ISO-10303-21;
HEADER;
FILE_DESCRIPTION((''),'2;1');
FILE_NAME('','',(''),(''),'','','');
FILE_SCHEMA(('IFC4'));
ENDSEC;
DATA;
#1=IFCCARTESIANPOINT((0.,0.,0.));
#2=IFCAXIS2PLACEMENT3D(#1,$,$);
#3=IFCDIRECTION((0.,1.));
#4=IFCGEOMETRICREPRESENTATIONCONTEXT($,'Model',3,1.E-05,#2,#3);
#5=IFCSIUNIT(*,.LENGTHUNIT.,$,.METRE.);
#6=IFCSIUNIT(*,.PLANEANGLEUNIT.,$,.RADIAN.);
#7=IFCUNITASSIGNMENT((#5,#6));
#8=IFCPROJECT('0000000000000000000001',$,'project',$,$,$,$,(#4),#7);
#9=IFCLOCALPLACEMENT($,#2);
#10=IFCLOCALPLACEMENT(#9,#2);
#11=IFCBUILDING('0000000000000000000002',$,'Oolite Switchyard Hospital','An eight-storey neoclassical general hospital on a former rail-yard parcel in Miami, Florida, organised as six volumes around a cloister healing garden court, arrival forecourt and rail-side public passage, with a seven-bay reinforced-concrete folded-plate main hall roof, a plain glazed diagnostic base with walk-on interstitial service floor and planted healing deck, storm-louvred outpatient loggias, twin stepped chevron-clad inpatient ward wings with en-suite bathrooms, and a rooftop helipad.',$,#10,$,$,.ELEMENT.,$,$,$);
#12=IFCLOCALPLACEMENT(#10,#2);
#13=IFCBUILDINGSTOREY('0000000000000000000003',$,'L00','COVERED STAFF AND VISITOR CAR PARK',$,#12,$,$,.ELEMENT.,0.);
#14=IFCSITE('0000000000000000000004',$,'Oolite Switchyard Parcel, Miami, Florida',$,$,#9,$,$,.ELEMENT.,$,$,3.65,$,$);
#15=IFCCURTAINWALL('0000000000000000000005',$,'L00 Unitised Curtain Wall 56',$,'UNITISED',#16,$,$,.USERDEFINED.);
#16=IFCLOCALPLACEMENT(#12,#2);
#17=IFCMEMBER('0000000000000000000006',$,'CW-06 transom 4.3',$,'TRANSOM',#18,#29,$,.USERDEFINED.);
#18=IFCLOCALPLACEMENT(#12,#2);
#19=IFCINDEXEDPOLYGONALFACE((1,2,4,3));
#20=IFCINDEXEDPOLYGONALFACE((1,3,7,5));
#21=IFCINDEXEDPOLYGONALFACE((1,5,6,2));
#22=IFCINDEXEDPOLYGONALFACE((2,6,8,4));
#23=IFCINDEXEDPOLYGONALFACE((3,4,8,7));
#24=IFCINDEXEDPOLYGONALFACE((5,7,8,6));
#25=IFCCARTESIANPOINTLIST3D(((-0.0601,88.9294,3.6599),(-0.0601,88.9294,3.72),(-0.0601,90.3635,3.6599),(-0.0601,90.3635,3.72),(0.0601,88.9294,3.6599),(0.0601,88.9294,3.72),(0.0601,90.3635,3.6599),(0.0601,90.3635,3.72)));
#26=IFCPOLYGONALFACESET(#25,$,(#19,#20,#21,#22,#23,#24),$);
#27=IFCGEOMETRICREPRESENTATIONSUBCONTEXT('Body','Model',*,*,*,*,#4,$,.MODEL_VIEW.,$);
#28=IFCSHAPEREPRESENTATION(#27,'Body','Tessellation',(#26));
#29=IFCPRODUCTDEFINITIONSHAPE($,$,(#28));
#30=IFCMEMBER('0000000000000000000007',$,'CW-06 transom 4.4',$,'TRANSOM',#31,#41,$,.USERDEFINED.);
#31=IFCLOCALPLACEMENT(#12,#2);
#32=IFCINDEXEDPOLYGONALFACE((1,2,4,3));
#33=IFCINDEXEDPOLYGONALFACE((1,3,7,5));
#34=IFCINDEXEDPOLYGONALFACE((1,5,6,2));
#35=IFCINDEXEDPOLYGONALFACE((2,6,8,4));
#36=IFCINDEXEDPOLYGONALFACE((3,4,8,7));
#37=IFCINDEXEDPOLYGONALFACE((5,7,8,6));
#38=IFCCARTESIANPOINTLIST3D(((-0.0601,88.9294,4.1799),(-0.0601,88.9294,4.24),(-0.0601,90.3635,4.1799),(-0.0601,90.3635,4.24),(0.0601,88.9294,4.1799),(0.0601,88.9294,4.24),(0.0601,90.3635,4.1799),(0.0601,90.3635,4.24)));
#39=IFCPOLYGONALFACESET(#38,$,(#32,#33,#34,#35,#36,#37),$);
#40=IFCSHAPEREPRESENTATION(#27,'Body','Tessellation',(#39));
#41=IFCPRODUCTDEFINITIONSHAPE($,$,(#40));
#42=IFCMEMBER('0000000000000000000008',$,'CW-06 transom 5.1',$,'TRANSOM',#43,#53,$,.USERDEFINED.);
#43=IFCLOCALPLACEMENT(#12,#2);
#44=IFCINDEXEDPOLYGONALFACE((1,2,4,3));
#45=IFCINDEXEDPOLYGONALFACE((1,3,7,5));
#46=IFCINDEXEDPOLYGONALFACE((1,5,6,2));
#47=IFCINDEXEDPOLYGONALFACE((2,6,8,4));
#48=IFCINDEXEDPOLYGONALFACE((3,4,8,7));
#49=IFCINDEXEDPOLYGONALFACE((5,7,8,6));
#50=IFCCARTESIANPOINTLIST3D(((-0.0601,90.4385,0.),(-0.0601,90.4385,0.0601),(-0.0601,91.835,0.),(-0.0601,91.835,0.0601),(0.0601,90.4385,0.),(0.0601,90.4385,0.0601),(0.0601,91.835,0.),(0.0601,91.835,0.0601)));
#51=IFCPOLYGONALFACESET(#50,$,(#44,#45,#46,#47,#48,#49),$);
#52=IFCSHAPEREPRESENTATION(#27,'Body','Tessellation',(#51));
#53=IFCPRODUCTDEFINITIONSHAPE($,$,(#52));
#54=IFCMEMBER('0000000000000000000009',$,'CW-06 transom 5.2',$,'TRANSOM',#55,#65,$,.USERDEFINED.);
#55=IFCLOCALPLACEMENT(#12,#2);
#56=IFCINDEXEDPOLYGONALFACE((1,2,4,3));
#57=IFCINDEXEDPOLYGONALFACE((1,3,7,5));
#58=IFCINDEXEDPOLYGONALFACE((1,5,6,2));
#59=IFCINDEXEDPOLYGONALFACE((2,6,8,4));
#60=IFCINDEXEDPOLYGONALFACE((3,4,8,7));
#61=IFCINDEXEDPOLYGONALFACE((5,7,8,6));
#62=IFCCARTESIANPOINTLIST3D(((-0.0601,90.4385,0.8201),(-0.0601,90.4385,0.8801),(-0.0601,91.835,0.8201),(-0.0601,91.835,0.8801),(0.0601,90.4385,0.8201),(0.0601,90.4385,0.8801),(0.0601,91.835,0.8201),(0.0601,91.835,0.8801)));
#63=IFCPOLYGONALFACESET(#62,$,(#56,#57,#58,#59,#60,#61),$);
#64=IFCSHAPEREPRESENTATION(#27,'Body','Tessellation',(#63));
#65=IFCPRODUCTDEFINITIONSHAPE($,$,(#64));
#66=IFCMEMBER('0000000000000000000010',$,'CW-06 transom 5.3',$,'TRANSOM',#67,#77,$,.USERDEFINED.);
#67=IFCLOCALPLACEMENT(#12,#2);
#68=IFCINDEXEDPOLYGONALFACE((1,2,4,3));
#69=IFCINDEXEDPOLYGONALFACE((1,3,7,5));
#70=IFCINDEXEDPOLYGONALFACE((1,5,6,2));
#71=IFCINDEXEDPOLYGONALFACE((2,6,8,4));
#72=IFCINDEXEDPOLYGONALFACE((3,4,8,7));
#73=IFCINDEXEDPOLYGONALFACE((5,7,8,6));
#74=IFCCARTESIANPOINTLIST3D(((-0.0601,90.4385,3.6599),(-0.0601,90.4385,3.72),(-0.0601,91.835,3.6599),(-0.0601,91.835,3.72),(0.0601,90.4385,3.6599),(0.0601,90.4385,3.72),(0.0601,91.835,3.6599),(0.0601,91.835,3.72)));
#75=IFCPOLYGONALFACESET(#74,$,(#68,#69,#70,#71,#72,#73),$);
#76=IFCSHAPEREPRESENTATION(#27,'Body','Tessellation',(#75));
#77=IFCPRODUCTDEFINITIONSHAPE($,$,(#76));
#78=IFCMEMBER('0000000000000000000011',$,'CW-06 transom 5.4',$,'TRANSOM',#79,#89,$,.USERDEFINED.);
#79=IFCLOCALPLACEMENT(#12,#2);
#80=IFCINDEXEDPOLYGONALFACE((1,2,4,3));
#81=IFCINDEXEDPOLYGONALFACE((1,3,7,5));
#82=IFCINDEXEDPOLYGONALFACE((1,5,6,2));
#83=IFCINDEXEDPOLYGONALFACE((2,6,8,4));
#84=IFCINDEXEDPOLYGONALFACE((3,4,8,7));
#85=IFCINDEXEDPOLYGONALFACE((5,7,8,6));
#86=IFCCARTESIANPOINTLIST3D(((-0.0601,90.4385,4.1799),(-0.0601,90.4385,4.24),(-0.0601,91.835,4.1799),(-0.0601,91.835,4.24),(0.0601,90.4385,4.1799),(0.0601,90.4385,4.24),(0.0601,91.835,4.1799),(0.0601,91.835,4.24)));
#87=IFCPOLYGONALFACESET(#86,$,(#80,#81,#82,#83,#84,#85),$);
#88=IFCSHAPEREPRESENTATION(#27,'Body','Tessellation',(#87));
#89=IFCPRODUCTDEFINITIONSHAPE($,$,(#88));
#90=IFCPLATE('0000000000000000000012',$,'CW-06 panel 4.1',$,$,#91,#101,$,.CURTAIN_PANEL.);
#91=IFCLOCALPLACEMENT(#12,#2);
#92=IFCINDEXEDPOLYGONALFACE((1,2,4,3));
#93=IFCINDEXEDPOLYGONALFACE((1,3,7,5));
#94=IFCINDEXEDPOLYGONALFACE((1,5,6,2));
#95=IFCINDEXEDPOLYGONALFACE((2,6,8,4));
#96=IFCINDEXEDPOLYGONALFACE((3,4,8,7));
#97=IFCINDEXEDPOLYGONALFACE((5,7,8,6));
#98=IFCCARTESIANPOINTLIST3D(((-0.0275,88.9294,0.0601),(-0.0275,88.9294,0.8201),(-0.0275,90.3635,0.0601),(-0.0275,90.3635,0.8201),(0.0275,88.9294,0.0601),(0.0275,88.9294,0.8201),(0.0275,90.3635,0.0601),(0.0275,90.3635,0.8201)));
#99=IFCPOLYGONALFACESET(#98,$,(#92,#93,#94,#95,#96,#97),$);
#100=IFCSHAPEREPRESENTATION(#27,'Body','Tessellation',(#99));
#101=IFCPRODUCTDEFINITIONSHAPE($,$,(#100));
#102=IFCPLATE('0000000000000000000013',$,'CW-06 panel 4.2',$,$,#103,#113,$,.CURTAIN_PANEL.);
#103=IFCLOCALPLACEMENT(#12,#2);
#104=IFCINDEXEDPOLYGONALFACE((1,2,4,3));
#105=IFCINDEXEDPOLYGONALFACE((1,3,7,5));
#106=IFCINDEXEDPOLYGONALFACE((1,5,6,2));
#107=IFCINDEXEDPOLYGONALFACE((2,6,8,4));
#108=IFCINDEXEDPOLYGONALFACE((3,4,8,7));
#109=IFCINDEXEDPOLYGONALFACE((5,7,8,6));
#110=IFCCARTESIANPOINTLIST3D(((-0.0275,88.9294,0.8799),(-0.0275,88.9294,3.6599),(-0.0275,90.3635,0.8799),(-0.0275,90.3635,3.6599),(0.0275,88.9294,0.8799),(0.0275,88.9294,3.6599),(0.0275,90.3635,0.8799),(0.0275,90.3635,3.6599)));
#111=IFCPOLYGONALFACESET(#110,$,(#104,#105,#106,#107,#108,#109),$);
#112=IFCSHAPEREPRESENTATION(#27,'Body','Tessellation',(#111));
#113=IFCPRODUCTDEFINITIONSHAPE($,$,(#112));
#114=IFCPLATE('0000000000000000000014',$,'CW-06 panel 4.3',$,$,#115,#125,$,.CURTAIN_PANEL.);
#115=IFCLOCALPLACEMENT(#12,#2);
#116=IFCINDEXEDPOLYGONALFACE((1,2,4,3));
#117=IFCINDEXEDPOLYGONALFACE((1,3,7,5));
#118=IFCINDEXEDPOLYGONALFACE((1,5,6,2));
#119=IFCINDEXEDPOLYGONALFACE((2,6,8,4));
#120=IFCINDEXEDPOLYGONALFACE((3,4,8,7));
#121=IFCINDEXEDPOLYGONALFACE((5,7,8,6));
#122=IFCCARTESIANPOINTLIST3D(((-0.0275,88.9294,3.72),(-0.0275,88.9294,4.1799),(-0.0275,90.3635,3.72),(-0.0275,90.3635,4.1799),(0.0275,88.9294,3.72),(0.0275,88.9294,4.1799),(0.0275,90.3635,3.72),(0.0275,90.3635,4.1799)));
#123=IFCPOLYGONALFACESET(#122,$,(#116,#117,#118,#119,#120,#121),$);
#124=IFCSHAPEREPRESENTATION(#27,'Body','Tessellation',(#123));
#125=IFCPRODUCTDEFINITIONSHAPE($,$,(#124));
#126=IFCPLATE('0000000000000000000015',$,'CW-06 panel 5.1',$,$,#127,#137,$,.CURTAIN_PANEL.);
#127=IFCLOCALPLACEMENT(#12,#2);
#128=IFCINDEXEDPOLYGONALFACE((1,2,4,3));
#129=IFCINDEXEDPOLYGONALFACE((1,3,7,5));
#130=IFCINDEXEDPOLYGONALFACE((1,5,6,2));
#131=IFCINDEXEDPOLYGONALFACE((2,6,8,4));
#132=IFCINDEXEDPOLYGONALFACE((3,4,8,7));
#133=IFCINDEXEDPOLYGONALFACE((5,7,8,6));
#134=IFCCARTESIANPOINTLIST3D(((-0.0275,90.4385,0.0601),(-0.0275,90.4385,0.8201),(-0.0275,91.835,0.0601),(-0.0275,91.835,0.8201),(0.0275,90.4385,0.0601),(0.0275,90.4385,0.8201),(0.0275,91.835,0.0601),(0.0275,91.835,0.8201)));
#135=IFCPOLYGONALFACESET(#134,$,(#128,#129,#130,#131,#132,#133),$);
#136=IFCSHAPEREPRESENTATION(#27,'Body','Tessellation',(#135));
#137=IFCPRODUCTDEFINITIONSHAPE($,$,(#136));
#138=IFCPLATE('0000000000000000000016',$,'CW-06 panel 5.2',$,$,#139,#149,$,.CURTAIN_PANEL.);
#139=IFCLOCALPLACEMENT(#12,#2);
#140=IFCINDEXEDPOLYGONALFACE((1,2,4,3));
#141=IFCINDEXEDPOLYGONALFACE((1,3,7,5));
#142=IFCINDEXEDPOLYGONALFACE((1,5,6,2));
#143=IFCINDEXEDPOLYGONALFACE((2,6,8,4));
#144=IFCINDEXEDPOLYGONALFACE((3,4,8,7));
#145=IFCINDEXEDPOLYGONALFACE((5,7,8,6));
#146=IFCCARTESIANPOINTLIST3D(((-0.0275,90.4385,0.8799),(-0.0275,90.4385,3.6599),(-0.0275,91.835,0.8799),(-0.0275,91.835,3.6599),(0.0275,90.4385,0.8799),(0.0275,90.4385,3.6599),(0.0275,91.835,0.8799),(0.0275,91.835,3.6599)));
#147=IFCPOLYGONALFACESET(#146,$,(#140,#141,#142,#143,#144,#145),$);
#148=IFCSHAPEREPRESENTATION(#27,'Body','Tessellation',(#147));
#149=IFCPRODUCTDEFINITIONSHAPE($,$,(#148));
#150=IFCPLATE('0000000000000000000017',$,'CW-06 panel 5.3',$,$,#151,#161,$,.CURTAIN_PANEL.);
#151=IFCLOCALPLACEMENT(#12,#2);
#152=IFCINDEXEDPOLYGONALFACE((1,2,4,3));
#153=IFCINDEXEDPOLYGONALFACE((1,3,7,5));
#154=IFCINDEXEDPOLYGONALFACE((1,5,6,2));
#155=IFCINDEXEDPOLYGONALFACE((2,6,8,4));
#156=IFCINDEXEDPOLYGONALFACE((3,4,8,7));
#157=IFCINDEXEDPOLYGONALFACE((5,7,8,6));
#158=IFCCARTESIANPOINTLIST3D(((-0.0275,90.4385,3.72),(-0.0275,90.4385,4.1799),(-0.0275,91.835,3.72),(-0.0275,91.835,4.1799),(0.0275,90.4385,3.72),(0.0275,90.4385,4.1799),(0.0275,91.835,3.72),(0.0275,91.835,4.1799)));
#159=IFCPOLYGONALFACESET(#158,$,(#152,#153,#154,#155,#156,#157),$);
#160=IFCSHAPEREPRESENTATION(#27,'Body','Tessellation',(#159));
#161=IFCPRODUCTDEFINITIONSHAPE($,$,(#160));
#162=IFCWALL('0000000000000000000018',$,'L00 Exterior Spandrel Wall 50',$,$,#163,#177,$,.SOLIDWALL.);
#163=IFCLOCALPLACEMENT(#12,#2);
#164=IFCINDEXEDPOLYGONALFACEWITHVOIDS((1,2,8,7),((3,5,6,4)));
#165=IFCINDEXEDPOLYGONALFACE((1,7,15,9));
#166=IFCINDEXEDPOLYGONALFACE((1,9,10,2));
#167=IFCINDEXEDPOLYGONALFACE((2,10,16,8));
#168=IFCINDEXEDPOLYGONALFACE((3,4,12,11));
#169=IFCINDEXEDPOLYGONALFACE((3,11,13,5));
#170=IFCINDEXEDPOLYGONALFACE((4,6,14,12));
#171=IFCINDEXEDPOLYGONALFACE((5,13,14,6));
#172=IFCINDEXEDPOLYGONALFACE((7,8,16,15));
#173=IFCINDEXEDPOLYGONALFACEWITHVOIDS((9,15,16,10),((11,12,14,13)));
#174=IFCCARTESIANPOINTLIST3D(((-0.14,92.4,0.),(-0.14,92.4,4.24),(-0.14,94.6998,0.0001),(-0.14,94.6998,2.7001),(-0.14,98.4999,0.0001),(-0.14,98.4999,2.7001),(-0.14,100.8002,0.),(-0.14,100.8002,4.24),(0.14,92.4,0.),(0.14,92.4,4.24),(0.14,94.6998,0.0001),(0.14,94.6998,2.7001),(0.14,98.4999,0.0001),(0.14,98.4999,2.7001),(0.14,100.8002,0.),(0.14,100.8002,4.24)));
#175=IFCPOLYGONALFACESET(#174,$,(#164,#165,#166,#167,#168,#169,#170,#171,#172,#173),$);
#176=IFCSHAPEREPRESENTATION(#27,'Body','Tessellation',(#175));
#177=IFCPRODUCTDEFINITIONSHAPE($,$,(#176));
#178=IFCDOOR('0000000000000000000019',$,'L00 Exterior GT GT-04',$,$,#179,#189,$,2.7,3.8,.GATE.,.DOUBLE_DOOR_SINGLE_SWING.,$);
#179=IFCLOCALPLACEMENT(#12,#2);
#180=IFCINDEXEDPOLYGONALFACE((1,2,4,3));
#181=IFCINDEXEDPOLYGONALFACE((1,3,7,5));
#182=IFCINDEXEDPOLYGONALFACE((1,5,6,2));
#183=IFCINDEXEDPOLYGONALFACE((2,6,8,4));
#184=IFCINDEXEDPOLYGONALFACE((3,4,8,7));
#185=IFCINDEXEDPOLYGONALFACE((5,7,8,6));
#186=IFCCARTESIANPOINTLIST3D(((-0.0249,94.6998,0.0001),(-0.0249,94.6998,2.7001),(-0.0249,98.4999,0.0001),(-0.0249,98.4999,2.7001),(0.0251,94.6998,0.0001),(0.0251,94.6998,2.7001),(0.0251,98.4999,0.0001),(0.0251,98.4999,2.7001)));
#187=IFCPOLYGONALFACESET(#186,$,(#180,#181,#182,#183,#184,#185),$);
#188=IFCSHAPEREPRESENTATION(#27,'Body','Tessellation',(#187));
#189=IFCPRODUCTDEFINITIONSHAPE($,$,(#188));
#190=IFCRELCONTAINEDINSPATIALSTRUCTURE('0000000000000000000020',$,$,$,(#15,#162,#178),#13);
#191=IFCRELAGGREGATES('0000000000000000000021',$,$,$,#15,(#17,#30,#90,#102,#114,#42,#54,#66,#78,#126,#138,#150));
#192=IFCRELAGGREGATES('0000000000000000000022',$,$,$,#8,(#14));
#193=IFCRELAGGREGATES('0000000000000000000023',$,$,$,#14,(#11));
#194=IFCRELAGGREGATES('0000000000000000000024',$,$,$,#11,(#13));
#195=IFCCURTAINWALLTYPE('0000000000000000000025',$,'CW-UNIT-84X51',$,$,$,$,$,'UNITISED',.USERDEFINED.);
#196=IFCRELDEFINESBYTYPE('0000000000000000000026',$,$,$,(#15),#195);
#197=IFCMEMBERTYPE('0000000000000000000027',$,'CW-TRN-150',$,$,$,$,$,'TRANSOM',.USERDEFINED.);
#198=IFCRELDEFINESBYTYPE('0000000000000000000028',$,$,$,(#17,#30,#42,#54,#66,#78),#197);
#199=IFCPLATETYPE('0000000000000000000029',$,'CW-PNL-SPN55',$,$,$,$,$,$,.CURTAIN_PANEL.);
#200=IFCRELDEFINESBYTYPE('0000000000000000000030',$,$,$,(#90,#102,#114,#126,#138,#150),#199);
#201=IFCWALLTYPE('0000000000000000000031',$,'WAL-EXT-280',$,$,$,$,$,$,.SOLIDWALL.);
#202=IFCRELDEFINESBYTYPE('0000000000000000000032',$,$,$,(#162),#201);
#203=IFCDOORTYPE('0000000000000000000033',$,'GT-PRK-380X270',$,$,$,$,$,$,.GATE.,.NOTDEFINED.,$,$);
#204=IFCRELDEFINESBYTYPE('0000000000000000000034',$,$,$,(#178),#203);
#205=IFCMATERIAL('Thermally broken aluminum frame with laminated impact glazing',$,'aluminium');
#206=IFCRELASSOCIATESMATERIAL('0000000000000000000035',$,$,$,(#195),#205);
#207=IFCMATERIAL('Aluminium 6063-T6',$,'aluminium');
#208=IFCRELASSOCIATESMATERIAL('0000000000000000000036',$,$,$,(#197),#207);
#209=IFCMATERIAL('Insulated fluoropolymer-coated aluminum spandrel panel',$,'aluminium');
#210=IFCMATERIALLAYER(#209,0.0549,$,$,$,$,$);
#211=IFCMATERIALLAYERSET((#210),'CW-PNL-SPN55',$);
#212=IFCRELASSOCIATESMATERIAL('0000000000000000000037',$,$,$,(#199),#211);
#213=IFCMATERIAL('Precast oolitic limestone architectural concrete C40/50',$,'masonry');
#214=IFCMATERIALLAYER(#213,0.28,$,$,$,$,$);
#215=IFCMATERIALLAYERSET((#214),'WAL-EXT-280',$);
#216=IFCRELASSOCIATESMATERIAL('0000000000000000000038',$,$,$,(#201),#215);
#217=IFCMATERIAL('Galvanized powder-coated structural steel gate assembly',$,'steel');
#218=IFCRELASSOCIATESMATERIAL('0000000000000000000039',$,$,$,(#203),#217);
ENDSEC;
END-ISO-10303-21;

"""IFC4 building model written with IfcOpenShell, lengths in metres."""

from ifc_helpers import new_model, si_unit, direction, frame, frame_2d, origin, origin_2d, place, context, subcontext, project, spatial, rectangle, extrude, material, layer, layer_set, material_profile, profile_set, type_object, element, fill, aggregate, save


model = new_model("IFC4")

# Units and contexts
model_context = context("Model", 3, precision=1e-05, world=origin(), true_north=direction((0.0, 1.0)))
body_context = subcontext(model_context, "Body", "Model", "MODEL_VIEW")
ifc_project = project(units=[si_unit("LENGTHUNIT", "METRE"), si_unit("PLANEANGLEUNIT", "RADIAN")], contexts=[model_context])

# Site, building, storey
site_placement = place(None, origin())
site = spatial("IfcSite", under=ifc_project, at=site_placement, Name="Oolite Switchyard Parcel, Miami, Florida", CompositionType="ELEMENT", RefElevation=3.65)
building_placement = place(site_placement, origin())
building = spatial("IfcBuilding", under=site, at=building_placement, Name="Oolite Switchyard Hospital", Description="An eight-storey neoclassical general hospital on a former rail-yard parcel in Miami, Florida, organised as six volumes around a cloister healing garden court, arrival forecourt and rail-side public passage, with a seven-bay reinforced-concrete folded-plate main hall roof, a plain glazed diagnostic base with walk-on interstitial service floor and planted healing deck, storm-louvred outpatient loggias, twin stepped chevron-clad inpatient ward wings with en-suite bathrooms, and a rooftop helipad.", CompositionType="ELEMENT")
storey_placement = place(building_placement, origin())
storey = spatial("IfcBuildingStorey", under=building, at=storey_placement, Name="L00", Description="COVERED STAFF AND VISITOR CAR PARK", CompositionType="ELEMENT", Elevation=0.0)

# Curtain wall, members, plates
ifc_material_1 = material(Name="Thermally broken aluminum frame with laminated impact glazing", Category="aluminium")
curtain_wall_type = type_object("IfcCurtainWallType", Name="CW-UNIT-84X51", ElementType="UNITISED", PredefinedType="USERDEFINED", material=ifc_material_1)
curtain_wall_placement = place(storey_placement, origin())
curtain_wall = element("IfcCurtainWall", 1, at=curtain_wall_placement, inside=storey, type_object=curtain_wall_type, Name="L00 Unitised Curtain Wall 56", ObjectType="UNITISED", PredefinedType="USERDEFINED")
ifc_material_2 = material(Name="Aluminium 6063-T6", Category="aluminium")
ifc_material_profile_1 = material_profile(ifc_material_2, rectangle(XDim=0.1201, YDim=0.0601, at=origin_2d()), Name="CWT60X120")
ifc_profile_set_1 = profile_set([ifc_material_profile_1], Name="Aluminium 6063-T6")
member_type_1 = type_object("IfcMemberType", Name="CW-TRN-150", ElementType="TRANSOM", PredefinedType="USERDEFINED", material=ifc_profile_set_1)
member_1_placement = place(storey_placement, frame((0.0, 88.9294, 3.6899), z_axis=(0.0, 1.0, 0.0), x_axis=(-1.0, 0.0, 0.0)))
member_1 = element("IfcMember", 2, at=member_1_placement, type_object=member_type_1, Name="CW-06 transom 4.3", ObjectType="TRANSOM", PredefinedType="USERDEFINED", context=body_context, shape_type="SweptSolid", body=[
    extrude(rectangle(XDim=0.1201, YDim=0.0601, at=origin_2d()), origin(), (0.0, 0.0, 1.0), 1.4341),
])
member_2_placement = place(storey_placement, frame((0.0, 88.9294, 4.21), z_axis=(0.0, 1.0, 0.0), x_axis=(-1.0, 0.0, 0.0)))
member_2 = element("IfcMember", 3, at=member_2_placement, type_object=member_type_1, Name="CW-06 transom 4.4", ObjectType="TRANSOM", PredefinedType="USERDEFINED", context=body_context, shape_type="SweptSolid", body=[
    extrude(rectangle(XDim=0.1201, YDim=0.0601, at=origin_2d()), origin(), (0.0, 0.0, 1.0), 1.4341),
])
member_3_placement = place(storey_placement, frame((0.0, 90.4385, 0.03), z_axis=(0.0, 1.0, 0.0), x_axis=(-1.0, 0.0, 0.0)))
member_3 = element("IfcMember", 4, at=member_3_placement, type_object=member_type_1, Name="CW-06 transom 5.1", ObjectType="TRANSOM", PredefinedType="USERDEFINED", context=body_context, shape_type="SweptSolid", body=[
    extrude(rectangle(XDim=0.1201, YDim=0.0601, at=origin_2d()), origin(), (0.0, 0.0, 1.0), 1.3965),
])
member_4_placement = place(storey_placement, frame((0.0, 90.4385, 0.8501), z_axis=(0.0, 1.0, 0.0), x_axis=(-1.0, 0.0, 0.0)))
member_4 = element("IfcMember", 5, at=member_4_placement, type_object=member_type_1, Name="CW-06 transom 5.2", ObjectType="TRANSOM", PredefinedType="USERDEFINED", context=body_context, shape_type="SweptSolid", body=[
    extrude(rectangle(XDim=0.1201, YDim=0.0601, at=origin_2d()), origin(), (0.0, 0.0, 1.0), 1.3965),
])
member_5_placement = place(storey_placement, frame((0.0, 90.4385, 3.6899), z_axis=(0.0, 1.0, 0.0), x_axis=(-1.0, 0.0, 0.0)))
member_5 = element("IfcMember", 6, at=member_5_placement, type_object=member_type_1, Name="CW-06 transom 5.3", ObjectType="TRANSOM", PredefinedType="USERDEFINED", context=body_context, shape_type="SweptSolid", body=[
    extrude(rectangle(XDim=0.1201, YDim=0.0601, at=origin_2d()), origin(), (0.0, 0.0, 1.0), 1.3965),
])
member_6_placement = place(storey_placement, frame((0.0, 90.4385, 4.21), z_axis=(0.0, 1.0, 0.0), x_axis=(-1.0, 0.0, 0.0)))
member_6 = element("IfcMember", 7, at=member_6_placement, type_object=member_type_1, Name="CW-06 transom 5.4", ObjectType="TRANSOM", PredefinedType="USERDEFINED", context=body_context, shape_type="SweptSolid", body=[
    extrude(rectangle(XDim=0.1201, YDim=0.0601, at=origin_2d()), origin(), (0.0, 0.0, 1.0), 1.3965),
])
ifc_material_3 = material(Name="Insulated fluoropolymer-coated aluminum spandrel panel", Category="aluminium")
ifc_layer_1 = layer(ifc_material_3, 0.0549)
ifc_layer_set_1 = layer_set([ifc_layer_1], Name="CW-PNL-SPN55")
plate_type = type_object("IfcPlateType", Name="CW-PNL-SPN55", PredefinedType="CURTAIN_PANEL", material=ifc_layer_set_1)
plate_1_placement = place(storey_placement, frame((0.0, 89.6465, 0.0601), z_axis=(0.0, 0.0, 1.0), x_axis=(0.0, 1.0, 0.0)))
plate_1 = element("IfcPlate", 8, at=plate_1_placement, type_object=plate_type, Name="CW-06 panel 4.1", PredefinedType="CURTAIN_PANEL", context=body_context, shape_type="SweptSolid", body=[
    extrude(rectangle(XDim=1.4341, YDim=0.0549, at=origin_2d()), origin(), (0.0, 0.0, 1.0), 0.76),
])
plate_2_placement = place(storey_placement, frame((0.0, 89.6465, 0.8799), z_axis=(0.0, 0.0, 1.0), x_axis=(0.0, 1.0, 0.0)))
plate_2 = element("IfcPlate", 9, at=plate_2_placement, type_object=plate_type, Name="CW-06 panel 4.2", PredefinedType="CURTAIN_PANEL", context=body_context, shape_type="SweptSolid", body=[
    extrude(rectangle(XDim=1.4341, YDim=0.0549, at=origin_2d()), origin(), (0.0, 0.0, 1.0), 2.78),
])
plate_3_placement = place(storey_placement, frame((0.0, 89.6465, 3.72), z_axis=(0.0, 0.0, 1.0), x_axis=(0.0, 1.0, 0.0)))
plate_3 = element("IfcPlate", 10, at=plate_3_placement, type_object=plate_type, Name="CW-06 panel 4.3", PredefinedType="CURTAIN_PANEL", context=body_context, shape_type="SweptSolid", body=[
    extrude(rectangle(XDim=1.4341, YDim=0.0549, at=origin_2d()), origin(), (0.0, 0.0, 1.0), 0.46),
])
plate_4_placement = place(storey_placement, frame((0.0, 91.1367, 0.0601), z_axis=(0.0, 0.0, 1.0), x_axis=(0.0, 1.0, 0.0)))
plate_4 = element("IfcPlate", 11, at=plate_4_placement, type_object=plate_type, Name="CW-06 panel 5.1", PredefinedType="CURTAIN_PANEL", context=body_context, shape_type="SweptSolid", body=[
    extrude(rectangle(XDim=1.3965, YDim=0.0549, at=origin_2d()), origin(), (0.0, 0.0, 1.0), 0.76),
])
plate_5_placement = place(storey_placement, frame((0.0, 91.1367, 0.8799), z_axis=(0.0, 0.0, 1.0), x_axis=(0.0, 1.0, 0.0)))
plate_5 = element("IfcPlate", 12, at=plate_5_placement, type_object=plate_type, Name="CW-06 panel 5.2", PredefinedType="CURTAIN_PANEL", context=body_context, shape_type="SweptSolid", body=[
    extrude(rectangle(XDim=1.3965, YDim=0.0549, at=origin_2d()), origin(), (0.0, 0.0, 1.0), 2.78),
])
plate_6_placement = place(storey_placement, frame((0.0, 91.1367, 3.72), z_axis=(0.0, 0.0, 1.0), x_axis=(0.0, 1.0, 0.0)))
plate_6 = element("IfcPlate", 13, at=plate_6_placement, type_object=plate_type, Name="CW-06 panel 5.3", PredefinedType="CURTAIN_PANEL", context=body_context, shape_type="SweptSolid", body=[
    extrude(rectangle(XDim=1.3965, YDim=0.0549, at=origin_2d()), origin(), (0.0, 0.0, 1.0), 0.46),
])
aggregate(curtain_wall, [member_1, member_2, plate_1, plate_2, plate_3, member_3, member_4, member_5, member_6, plate_4, plate_5, plate_6])

# Wall, opening, door
ifc_material_4 = material(Name="Precast oolitic limestone architectural concrete C40/50", Category="masonry")
ifc_layer_2 = layer(ifc_material_4, 0.28)
ifc_layer_set_2 = layer_set([ifc_layer_2], Name="WAL-EXT-280")
wall_type = type_object("IfcWallType", Name="WAL-EXT-280", PredefinedType="SOLIDWALL", material=ifc_layer_set_2)
wall_placement = place(storey_placement, frame((0.0, 92.3999, 0.0), z_axis=(0.0, 0.0, 1.0), x_axis=(0.0, 1.0, 0.0)))
wall = element("IfcWall", 14, at=wall_placement, inside=storey, type_object=wall_type, Name="L00 Exterior Spandrel Wall 50", PredefinedType="SOLIDWALL", context=body_context, shape_type="SweptSolid", body=[
    extrude(rectangle(XDim=8.4001, YDim=0.28, at=frame_2d((4.2002, 0.0))), origin(), (0.0, 0.0, 1.0), 4.24),
])
opening_placement = place(wall_placement, frame((2.3, 0.0, 0.0)))
opening = element("IfcOpeningElement", 15, at=opening_placement, cuts=wall, PredefinedType="OPENING", context=body_context, shape_type="SweptSolid", body=[
    extrude(rectangle(XDim=3.8, YDim=2.7, at=frame_2d((1.8999, 1.3501))), frame((0.0, 0.1499, 0.0), z_axis=(0.0, -1.0, 0.0), x_axis=(1.0, 0.0, 0.0)), (0.0, 0.0, 1.0), 0.3),
])
ifc_material_5 = material(Name="Galvanized powder-coated structural steel gate assembly", Category="steel")
door_type = type_object("IfcDoorType", Name="GT-PRK-380X270", OperationType="NOTDEFINED", PredefinedType="GATE", material=ifc_material_5)
door_placement = place(opening_placement, origin())
door = element("IfcDoor", 16, at=door_placement, inside=storey, type_object=door_type, Name="L00 Exterior GT GT-04", OperationType="DOUBLE_DOOR_SINGLE_SWING", OverallHeight=2.7, OverallWidth=3.8, PredefinedType="GATE", context=body_context, shape_type="SweptSolid", body=[
    extrude(rectangle(XDim=3.8, YDim=2.7, at=frame_2d((1.8999, 1.3501))), frame((0.0, 0.0249, 0.0), z_axis=(0.0, -1.0, 0.0), x_axis=(1.0, 0.0, 0.0)), (0.0, 0.0, 1.0), 0.05),
])
fill(opening, door)

save(model, "model.ifc")
